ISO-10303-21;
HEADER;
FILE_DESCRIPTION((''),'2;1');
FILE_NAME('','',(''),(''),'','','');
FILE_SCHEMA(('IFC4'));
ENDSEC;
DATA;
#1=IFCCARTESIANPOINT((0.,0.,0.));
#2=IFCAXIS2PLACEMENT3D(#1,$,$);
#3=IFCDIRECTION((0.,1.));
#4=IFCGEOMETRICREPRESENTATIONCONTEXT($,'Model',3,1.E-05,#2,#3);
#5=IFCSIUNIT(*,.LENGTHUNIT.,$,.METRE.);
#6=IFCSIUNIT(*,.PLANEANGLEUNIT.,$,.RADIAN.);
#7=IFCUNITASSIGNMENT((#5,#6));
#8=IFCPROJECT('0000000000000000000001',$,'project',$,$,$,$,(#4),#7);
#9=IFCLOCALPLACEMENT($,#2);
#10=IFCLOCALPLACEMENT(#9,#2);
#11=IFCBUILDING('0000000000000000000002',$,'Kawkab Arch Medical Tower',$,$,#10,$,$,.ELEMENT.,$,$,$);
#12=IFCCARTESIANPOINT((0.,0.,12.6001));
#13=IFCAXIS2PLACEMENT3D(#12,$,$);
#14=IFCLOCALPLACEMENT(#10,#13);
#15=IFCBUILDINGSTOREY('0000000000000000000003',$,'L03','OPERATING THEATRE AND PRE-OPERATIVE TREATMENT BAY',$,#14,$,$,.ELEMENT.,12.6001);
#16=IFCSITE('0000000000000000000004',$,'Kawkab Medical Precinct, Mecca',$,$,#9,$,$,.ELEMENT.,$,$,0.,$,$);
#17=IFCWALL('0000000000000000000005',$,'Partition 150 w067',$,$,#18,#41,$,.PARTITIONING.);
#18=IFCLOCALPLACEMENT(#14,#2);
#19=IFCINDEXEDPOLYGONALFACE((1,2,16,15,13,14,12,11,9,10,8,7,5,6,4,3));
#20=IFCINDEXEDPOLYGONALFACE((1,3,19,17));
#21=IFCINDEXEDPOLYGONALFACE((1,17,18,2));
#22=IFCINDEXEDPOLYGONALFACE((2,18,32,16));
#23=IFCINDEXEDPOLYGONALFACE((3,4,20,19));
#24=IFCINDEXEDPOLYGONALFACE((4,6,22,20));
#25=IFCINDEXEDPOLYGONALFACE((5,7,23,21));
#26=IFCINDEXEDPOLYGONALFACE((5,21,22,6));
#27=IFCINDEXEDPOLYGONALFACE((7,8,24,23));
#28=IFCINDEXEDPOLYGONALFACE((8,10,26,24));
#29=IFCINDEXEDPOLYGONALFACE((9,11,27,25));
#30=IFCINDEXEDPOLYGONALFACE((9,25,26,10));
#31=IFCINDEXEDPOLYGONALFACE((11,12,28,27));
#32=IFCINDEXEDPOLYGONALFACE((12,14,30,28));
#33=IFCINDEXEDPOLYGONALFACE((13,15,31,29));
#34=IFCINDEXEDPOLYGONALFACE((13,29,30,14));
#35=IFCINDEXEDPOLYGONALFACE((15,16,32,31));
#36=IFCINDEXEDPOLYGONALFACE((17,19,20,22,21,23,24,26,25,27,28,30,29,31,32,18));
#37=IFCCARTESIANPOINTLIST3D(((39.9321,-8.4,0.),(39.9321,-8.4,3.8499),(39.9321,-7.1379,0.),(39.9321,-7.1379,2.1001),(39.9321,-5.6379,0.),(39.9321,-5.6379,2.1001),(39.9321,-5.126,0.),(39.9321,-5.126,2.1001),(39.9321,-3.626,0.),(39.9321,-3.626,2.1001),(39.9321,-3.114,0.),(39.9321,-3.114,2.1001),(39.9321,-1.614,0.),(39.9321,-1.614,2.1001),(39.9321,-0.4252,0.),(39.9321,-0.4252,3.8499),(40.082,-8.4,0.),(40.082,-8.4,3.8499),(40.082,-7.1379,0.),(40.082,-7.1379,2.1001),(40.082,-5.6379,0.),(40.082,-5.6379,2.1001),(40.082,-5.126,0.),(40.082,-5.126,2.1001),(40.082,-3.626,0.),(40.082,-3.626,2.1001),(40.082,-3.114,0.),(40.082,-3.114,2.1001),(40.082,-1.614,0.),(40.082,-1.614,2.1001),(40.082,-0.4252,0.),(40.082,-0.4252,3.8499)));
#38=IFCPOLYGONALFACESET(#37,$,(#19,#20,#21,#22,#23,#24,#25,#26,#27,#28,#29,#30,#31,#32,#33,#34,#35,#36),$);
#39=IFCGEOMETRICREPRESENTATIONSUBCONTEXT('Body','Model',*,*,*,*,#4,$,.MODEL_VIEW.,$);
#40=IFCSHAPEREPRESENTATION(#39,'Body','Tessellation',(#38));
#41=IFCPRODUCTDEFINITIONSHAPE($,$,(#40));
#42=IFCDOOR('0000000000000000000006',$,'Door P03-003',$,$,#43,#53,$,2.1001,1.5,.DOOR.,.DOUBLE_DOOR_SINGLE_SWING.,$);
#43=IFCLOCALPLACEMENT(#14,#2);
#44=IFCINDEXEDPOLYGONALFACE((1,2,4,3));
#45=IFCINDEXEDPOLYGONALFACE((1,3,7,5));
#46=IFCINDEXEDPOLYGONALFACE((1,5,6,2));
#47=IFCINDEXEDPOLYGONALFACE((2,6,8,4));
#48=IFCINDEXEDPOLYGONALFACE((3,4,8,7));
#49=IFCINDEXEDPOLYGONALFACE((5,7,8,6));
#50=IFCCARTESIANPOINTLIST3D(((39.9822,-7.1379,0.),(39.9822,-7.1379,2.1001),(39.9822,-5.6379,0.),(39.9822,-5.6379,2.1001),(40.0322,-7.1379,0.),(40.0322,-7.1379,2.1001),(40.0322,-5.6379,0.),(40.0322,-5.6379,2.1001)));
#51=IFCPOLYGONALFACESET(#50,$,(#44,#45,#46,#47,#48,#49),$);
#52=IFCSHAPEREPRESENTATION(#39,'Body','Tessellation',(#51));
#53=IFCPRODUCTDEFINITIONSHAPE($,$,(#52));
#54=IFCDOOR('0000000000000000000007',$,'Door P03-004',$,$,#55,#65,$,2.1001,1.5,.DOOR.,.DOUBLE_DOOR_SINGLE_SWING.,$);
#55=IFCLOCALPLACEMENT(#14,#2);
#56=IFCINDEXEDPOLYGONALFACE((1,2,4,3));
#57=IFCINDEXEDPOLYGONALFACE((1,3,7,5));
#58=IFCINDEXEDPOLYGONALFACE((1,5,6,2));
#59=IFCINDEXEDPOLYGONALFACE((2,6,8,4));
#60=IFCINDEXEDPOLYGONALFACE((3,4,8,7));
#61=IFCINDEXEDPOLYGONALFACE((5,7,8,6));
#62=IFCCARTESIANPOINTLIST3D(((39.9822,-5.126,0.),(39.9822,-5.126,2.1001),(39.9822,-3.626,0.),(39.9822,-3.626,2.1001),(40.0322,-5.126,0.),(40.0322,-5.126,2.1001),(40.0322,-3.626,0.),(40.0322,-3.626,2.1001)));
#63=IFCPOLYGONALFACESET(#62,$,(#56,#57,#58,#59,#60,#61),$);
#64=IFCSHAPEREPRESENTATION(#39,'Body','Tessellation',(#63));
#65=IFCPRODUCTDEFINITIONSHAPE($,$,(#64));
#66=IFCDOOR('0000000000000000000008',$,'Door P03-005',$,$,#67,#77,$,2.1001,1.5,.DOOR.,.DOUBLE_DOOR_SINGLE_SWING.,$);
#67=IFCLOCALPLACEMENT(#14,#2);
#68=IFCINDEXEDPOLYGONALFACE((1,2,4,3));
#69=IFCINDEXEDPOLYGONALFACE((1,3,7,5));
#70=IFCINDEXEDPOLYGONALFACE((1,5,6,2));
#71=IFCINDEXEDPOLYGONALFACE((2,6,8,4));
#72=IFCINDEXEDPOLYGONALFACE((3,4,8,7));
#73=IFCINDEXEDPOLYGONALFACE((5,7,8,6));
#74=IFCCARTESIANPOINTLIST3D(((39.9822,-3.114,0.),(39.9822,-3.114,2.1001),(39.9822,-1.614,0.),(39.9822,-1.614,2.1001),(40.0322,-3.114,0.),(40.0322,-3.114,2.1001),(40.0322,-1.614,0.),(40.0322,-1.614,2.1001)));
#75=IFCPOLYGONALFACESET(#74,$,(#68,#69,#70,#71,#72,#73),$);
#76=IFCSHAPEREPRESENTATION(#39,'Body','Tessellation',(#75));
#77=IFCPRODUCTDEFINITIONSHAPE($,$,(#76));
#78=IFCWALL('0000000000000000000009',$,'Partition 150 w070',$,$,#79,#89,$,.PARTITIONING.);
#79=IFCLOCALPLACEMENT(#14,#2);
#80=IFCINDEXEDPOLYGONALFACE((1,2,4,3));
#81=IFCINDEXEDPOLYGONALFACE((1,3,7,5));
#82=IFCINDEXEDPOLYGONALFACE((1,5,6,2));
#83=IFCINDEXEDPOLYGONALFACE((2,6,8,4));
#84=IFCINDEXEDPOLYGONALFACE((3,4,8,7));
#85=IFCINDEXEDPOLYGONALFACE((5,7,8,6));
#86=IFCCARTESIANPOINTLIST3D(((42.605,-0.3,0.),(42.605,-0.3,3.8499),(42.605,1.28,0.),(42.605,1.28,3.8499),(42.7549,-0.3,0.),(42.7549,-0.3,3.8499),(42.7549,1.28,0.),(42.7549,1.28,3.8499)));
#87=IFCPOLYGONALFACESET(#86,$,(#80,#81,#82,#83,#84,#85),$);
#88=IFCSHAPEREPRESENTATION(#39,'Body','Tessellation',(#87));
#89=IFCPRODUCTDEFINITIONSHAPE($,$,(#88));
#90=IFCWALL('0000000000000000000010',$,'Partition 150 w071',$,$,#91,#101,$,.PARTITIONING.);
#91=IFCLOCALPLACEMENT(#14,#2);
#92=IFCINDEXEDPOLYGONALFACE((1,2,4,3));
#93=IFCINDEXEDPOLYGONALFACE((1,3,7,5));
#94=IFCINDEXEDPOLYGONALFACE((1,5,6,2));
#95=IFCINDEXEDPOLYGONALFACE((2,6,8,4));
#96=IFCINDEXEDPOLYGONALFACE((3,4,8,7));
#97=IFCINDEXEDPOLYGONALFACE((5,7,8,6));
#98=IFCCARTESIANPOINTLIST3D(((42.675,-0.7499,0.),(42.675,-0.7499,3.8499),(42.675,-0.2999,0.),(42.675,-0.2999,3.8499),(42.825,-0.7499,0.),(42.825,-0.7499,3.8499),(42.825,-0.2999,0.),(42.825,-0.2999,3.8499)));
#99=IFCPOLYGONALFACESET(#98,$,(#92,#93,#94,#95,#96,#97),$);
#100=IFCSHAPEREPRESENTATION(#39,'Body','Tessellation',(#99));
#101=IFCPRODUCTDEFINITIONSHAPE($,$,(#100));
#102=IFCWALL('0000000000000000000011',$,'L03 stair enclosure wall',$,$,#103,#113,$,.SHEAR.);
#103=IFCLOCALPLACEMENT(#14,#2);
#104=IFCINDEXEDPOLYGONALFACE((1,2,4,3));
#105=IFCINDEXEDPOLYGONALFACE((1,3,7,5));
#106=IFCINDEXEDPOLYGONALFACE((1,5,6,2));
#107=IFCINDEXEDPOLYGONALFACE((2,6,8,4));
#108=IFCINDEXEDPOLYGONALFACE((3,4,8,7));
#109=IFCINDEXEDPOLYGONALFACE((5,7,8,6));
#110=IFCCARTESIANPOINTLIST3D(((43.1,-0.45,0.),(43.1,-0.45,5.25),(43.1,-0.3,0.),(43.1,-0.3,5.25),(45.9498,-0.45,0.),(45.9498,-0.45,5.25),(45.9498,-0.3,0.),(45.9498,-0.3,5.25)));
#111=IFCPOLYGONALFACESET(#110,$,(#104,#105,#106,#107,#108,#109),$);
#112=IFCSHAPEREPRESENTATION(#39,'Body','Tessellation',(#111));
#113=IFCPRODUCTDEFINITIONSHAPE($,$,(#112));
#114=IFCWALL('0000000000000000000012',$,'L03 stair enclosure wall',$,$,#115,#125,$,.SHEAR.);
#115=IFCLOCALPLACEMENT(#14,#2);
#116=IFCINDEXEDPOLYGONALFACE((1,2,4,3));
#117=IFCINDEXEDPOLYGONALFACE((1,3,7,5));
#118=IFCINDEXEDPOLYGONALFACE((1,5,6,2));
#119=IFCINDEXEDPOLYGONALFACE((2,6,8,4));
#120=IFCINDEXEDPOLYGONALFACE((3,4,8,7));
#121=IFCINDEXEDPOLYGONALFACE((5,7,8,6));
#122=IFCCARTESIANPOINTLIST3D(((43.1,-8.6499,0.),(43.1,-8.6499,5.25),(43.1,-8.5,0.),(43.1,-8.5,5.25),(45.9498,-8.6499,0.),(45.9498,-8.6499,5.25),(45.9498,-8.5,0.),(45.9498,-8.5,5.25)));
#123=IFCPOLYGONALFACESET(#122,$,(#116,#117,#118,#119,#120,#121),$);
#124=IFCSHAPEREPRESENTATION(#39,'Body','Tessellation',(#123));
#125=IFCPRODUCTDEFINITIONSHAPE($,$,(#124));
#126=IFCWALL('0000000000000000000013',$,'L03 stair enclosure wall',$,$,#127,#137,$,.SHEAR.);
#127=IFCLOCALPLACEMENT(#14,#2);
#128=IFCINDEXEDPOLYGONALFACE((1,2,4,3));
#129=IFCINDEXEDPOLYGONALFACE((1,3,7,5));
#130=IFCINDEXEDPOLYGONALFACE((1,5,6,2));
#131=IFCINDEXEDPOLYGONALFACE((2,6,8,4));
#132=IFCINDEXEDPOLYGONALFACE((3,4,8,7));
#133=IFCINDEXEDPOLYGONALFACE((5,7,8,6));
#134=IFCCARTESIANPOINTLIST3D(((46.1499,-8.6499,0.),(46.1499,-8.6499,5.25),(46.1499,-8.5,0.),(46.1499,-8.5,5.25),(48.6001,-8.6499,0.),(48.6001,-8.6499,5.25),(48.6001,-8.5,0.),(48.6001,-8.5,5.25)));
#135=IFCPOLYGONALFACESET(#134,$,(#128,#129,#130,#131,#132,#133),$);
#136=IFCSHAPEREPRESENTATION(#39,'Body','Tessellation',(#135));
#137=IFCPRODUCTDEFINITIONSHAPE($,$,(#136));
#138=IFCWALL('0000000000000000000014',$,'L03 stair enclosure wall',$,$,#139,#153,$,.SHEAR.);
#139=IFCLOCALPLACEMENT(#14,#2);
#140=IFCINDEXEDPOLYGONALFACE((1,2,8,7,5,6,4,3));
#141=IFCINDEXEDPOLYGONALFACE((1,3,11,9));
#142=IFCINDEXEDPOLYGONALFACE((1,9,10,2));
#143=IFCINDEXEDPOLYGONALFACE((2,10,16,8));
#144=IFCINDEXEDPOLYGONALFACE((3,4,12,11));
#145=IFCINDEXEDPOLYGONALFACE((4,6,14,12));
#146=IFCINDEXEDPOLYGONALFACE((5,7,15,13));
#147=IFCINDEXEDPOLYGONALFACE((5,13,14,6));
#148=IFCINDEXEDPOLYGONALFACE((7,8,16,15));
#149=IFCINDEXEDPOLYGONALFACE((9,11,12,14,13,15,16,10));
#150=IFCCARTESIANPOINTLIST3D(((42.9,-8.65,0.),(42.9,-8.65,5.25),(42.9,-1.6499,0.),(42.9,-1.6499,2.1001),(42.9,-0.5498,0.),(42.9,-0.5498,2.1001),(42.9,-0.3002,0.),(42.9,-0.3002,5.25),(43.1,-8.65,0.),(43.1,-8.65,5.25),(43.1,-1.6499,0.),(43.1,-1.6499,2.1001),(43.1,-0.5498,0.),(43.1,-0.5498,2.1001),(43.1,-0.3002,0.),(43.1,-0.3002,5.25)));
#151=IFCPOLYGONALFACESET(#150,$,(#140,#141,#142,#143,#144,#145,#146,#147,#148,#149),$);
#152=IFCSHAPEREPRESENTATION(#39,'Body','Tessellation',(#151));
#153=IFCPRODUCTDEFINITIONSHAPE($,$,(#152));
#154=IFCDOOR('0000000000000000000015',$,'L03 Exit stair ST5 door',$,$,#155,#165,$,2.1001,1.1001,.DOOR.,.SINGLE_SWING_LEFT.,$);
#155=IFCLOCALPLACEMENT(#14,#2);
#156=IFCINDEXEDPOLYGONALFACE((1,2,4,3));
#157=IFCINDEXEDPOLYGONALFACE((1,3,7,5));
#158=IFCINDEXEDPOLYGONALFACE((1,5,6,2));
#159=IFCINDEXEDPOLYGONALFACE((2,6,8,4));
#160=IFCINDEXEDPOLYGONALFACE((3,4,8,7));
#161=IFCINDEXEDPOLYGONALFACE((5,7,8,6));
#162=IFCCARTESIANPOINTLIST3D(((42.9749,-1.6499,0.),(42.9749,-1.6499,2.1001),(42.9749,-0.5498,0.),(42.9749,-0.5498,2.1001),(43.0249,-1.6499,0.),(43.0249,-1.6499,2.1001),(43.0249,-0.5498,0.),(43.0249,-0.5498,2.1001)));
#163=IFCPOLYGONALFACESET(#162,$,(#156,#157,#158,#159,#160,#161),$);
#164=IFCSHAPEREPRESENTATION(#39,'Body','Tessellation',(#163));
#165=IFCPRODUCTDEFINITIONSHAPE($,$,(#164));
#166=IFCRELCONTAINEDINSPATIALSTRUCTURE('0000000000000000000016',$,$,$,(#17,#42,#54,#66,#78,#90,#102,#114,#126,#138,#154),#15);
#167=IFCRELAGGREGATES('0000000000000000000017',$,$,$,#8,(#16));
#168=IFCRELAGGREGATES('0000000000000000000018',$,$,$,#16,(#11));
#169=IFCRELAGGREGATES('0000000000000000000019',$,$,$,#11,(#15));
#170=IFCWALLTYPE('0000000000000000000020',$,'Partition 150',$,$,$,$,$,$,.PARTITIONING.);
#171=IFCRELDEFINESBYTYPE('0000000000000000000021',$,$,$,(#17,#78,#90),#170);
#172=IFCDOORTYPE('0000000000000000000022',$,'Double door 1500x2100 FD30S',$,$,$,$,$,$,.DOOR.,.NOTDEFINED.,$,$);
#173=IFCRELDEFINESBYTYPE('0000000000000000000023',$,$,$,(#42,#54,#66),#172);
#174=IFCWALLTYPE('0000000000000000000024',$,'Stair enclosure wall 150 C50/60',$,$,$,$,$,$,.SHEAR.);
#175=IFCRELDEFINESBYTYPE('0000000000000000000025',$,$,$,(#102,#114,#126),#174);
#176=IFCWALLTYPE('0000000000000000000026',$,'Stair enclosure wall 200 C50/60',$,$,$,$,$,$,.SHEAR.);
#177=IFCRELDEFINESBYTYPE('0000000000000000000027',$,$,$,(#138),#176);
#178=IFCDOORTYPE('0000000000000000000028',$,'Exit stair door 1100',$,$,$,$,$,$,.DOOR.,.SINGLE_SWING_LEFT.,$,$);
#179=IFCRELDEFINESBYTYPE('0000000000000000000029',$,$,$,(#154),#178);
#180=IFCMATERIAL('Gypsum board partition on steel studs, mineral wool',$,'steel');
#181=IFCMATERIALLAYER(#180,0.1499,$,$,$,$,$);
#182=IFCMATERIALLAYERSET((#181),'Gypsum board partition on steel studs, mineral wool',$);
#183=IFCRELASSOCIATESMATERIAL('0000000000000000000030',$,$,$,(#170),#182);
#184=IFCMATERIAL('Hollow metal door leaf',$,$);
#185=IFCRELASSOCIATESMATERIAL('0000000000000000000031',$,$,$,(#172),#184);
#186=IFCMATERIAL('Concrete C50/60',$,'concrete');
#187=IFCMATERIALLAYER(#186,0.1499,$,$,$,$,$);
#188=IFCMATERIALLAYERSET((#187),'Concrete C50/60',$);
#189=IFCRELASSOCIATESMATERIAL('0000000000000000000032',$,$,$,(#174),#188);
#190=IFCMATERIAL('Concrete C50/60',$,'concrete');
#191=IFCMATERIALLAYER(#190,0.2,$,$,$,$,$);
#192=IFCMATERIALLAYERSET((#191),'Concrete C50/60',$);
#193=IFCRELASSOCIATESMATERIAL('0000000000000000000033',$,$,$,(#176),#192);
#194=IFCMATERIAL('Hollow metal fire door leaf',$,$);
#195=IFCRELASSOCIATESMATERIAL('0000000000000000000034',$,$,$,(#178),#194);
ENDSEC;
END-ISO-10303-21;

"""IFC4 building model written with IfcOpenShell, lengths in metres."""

from ifc_helpers import new_model, si_unit, direction, frame, frame_2d, origin, place, context, subcontext, project, spatial, rectangle, extrude, material, layer, layer_set, type_object, element, fill, save


model = new_model("IFC4")

# Units and contexts
model_context = context("Model", 3, precision=1e-05, world=origin(), true_north=direction((0.0, 1.0)))
body_context = subcontext(model_context, "Body", "Model", "MODEL_VIEW")
ifc_project = project(units=[si_unit("LENGTHUNIT", "METRE"), si_unit("PLANEANGLEUNIT", "RADIAN")], contexts=[model_context])

# Site, building, storey
site_placement = place(None, origin())
site = spatial("IfcSite", under=ifc_project, at=site_placement, Name="Kawkab Medical Precinct, Mecca", CompositionType="ELEMENT", RefElevation=0.0)
building_placement = place(site_placement, origin())
building = spatial("IfcBuilding", under=site, at=building_placement, Name="Kawkab Arch Medical Tower", CompositionType="ELEMENT")
storey_placement = place(building_placement, frame((0.0, 0.0, 12.6001)))
storey = spatial("IfcBuildingStorey", under=building, at=storey_placement, Name="L03", Description="OPERATING THEATRE AND PRE-OPERATIVE TREATMENT BAY", CompositionType="ELEMENT", Elevation=12.6001)

# Shared definitions
ifc_material_1 = material(Name="Gypsum board partition on steel studs, mineral wool", Category="steel")
ifc_layer_1 = layer(ifc_material_1, 0.1499)
ifc_layer_set_1 = layer_set([ifc_layer_1], Name="Gypsum board partition on steel studs, mineral wool")
wall_type_1 = type_object("IfcWallType", Name="Partition 150", PredefinedType="PARTITIONING", material=ifc_layer_set_1)

# Wall, openings, doors
wall_1_placement = place(storey_placement, frame((40.0071, -8.3999, 0.0), z_axis=(0.0, 0.0, 1.0), x_axis=(0.0, 1.0, 0.0)))
wall_1 = element("IfcWall", 1, at=wall_1_placement, inside=storey, type_object=wall_type_1, Name="Partition 150 w067", PredefinedType="PARTITIONING", context=body_context, shape_type="SweptSolid", body=[
    extrude(rectangle(XDim=7.9749, YDim=0.1499, at=frame_2d((3.9873, 0.0))), origin(), (0.0, 0.0, 1.0), 3.8499),
])
opening_1_placement = place(wall_1_placement, frame((1.262, 0.0, 0.0)))
opening_1 = element("IfcOpeningElement", 2, at=opening_1_placement, cuts=wall_1, PredefinedType="OPENING", context=body_context, shape_type="SweptSolid", body=[
    extrude(rectangle(XDim=1.5, YDim=2.1001, at=frame_2d((0.75, 1.05))), frame((0.0, 0.085, 0.0), z_axis=(0.0, -1.0, 0.0), x_axis=(1.0, 0.0, 0.0)), (0.0, 0.0, 1.0), 0.1699),
])
opening_2_placement = place(wall_1_placement, frame((3.2739, 0.0, 0.0)))
opening_2 = element("IfcOpeningElement", 3, at=opening_2_placement, cuts=wall_1, PredefinedType="OPENING", context=body_context, shape_type="SweptSolid", body=[
    extrude(rectangle(XDim=1.5, YDim=2.1001, at=frame_2d((0.75, 1.05))), frame((0.0, 0.085, 0.0), z_axis=(0.0, -1.0, 0.0), x_axis=(1.0, 0.0, 0.0)), (0.0, 0.0, 1.0), 0.1699),
])
opening_3_placement = place(wall_1_placement, frame((5.2859, 0.0, 0.0)))
opening_3 = element("IfcOpeningElement", 4, at=opening_3_placement, cuts=wall_1, PredefinedType="OPENING", context=body_context, shape_type="SweptSolid", body=[
    extrude(rectangle(XDim=1.5, YDim=2.1001, at=frame_2d((0.75, 1.05))), frame((0.0, 0.085, 0.0), z_axis=(0.0, -1.0, 0.0), x_axis=(1.0, 0.0, 0.0)), (0.0, 0.0, 1.0), 0.1699),
])
ifc_material_2 = material(Name="Hollow metal door leaf")
door_type_1 = type_object("IfcDoorType", Name="Double door 1500x2100 FD30S", OperationType="NOTDEFINED", PredefinedType="DOOR", material=ifc_material_2)
door_1_placement = place(opening_1_placement, origin())
door_1 = element("IfcDoor", 5, at=door_1_placement, inside=storey, type_object=door_type_1, Name="Door P03-003", OperationType="DOUBLE_DOOR_SINGLE_SWING", OverallHeight=2.1001, OverallWidth=1.5, PredefinedType="DOOR", context=body_context, shape_type="SweptSolid", body=[
    extrude(rectangle(XDim=1.5, YDim=2.1001, at=frame_2d((0.75, 1.05))), frame((0.0, 0.0249, 0.0), z_axis=(0.0, -1.0, 0.0), x_axis=(1.0, 0.0, 0.0)), (0.0, 0.0, 1.0), 0.05),
])
fill(opening_1, door_1)
door_2_placement = place(opening_2_placement, origin())
door_2 = element("IfcDoor", 6, at=door_2_placement, inside=storey, type_object=door_type_1, Name="Door P03-004", OperationType="DOUBLE_DOOR_SINGLE_SWING", OverallHeight=2.1001, OverallWidth=1.5, PredefinedType="DOOR", context=body_context, shape_type="SweptSolid", body=[
    extrude(rectangle(XDim=1.5, YDim=2.1001, at=frame_2d((0.75, 1.05))), frame((0.0, 0.0249, 0.0), z_axis=(0.0, -1.0, 0.0), x_axis=(1.0, 0.0, 0.0)), (0.0, 0.0, 1.0), 0.05),
])
fill(opening_2, door_2)
door_3_placement = place(opening_3_placement, origin())
door_3 = element("IfcDoor", 7, at=door_3_placement, inside=storey, type_object=door_type_1, Name="Door P03-005", OperationType="DOUBLE_DOOR_SINGLE_SWING", OverallHeight=2.1001, OverallWidth=1.5, PredefinedType="DOOR", context=body_context, shape_type="SweptSolid", body=[
    extrude(rectangle(XDim=1.5, YDim=2.1001, at=frame_2d((0.75, 1.05))), frame((0.0, 0.0249, 0.0), z_axis=(0.0, -1.0, 0.0), x_axis=(1.0, 0.0, 0.0)), (0.0, 0.0, 1.0), 0.05),
])
fill(opening_3, door_3)

# Walls
wall_2_placement = place(storey_placement, frame((42.6799, -0.3, 0.0), z_axis=(0.0, 0.0, 1.0), x_axis=(0.0, 1.0, 0.0)))
element("IfcWall", 8, at=wall_2_placement, inside=storey, type_object=wall_type_1, Name="Partition 150 w070", PredefinedType="PARTITIONING", context=body_context, shape_type="SweptSolid", body=[
    extrude(rectangle(XDim=1.5801, YDim=0.1499, at=frame_2d((0.79, 0.0))), origin(), (0.0, 0.0, 1.0), 3.8499),
])
wall_3_placement = place(storey_placement, frame((42.75, -0.75, 0.0), z_axis=(0.0, 0.0, 1.0), x_axis=(0.0, 1.0, 0.0)))
element("IfcWall", 9, at=wall_3_placement, inside=storey, type_object=wall_type_1, Name="Partition 150 w071", PredefinedType="PARTITIONING", context=body_context, shape_type="SweptSolid", body=[
    extrude(rectangle(XDim=0.45, YDim=0.1499, at=frame_2d((0.2251, 0.0))), origin(), (0.0, 0.0, 1.0), 3.8499),
])
ifc_material_3 = material(Name="Concrete C50/60", Category="concrete")
ifc_layer_2 = layer(ifc_material_3, 0.1499)
ifc_layer_set_2 = layer_set([ifc_layer_2], Name="Concrete C50/60")
wall_type_2 = type_object("IfcWallType", Name="Stair enclosure wall 150 C50/60", PredefinedType="SHEAR", material=ifc_layer_set_2)
for number, where, z_axis, x_axis, name in (
    (10, (43.1001, -0.375, 0.0), (0.0, 0.0, 1.0), (1.0, 0.0, 0.0), "L03 stair enclosure wall"),
    (11, (43.1001, -8.575, 0.0), (0.0, 0.0, 1.0), (1.0, 0.0, 0.0), "L03 stair enclosure wall"),
):
    element("IfcWall", number, at=place(storey_placement, frame(where, z_axis=z_axis, x_axis=x_axis)), inside=storey, type_object=wall_type_2, Name=name, PredefinedType="SHEAR", context=body_context, shape_type="SweptSolid", body=[
        extrude(rectangle(XDim=2.8499, YDim=0.1499, at=frame_2d((1.4248, 0.0))), origin(), (0.0, 0.0, 1.0), 5.25),
    ])
wall_4_placement = place(storey_placement, frame((46.1499, -8.575, 0.0), z_axis=(0.0, 0.0, 1.0), x_axis=(1.0, 0.0, 0.0)))
element("IfcWall", 12, at=wall_4_placement, inside=storey, type_object=wall_type_2, Name="L03 stair enclosure wall", PredefinedType="SHEAR", context=body_context, shape_type="SweptSolid", body=[
    extrude(rectangle(XDim=2.4502, YDim=0.1499, at=frame_2d((1.2251, 0.0))), origin(), (0.0, 0.0, 1.0), 5.25),
])

# Wall, opening, door
ifc_material_4 = material(Name="Concrete C50/60", Category="concrete")
ifc_layer_3 = layer(ifc_material_4, 0.2)
ifc_layer_set_3 = layer_set([ifc_layer_3], Name="Concrete C50/60")
wall_type_3 = type_object("IfcWallType", Name="Stair enclosure wall 200 C50/60", PredefinedType="SHEAR", material=ifc_layer_set_3)
wall_5_placement = place(storey_placement, frame((43.0, -8.6499, 0.0), z_axis=(0.0, 0.0, 1.0), x_axis=(0.0, 1.0, 0.0)))
wall_5 = element("IfcWall", 13, at=wall_5_placement, inside=storey, type_object=wall_type_3, Name="L03 stair enclosure wall", PredefinedType="SHEAR", context=body_context, shape_type="SweptSolid", body=[
    extrude(rectangle(XDim=8.3499, YDim=0.2, at=frame_2d((4.1748, 0.0))), origin(), (0.0, 0.0, 1.0), 5.25),
])
opening_4_placement = place(wall_5_placement, frame((7.0, 0.0, 0.0)))
opening_4 = element("IfcOpeningElement", 14, at=opening_4_placement, cuts=wall_5, PredefinedType="OPENING", context=body_context, shape_type="SweptSolid", body=[
    extrude(rectangle(XDim=1.1001, YDim=2.1001, at=frame_2d((0.55, 1.05))), frame((0.0, 0.1099, 0.0), z_axis=(0.0, -1.0, 0.0), x_axis=(1.0, 0.0, 0.0)), (0.0, 0.0, 1.0), 0.22),
])
ifc_material_5 = material(Name="Hollow metal fire door leaf")
door_type_2 = type_object("IfcDoorType", Name="Exit stair door 1100", OperationType="SINGLE_SWING_LEFT", PredefinedType="DOOR", material=ifc_material_5)
door_4_placement = place(opening_4_placement, frame((1.1001, 0.0, 0.0), z_axis=(0.0, 0.0, 1.0), x_axis=(-1.0, 0.0, 0.0)))
door_4 = element("IfcDoor", 15, at=door_4_placement, inside=storey, type_object=door_type_2, Name="L03 Exit stair ST5 door", OperationType="SINGLE_SWING_LEFT", OverallHeight=2.1001, OverallWidth=1.1001, PredefinedType="DOOR", context=body_context, shape_type="SweptSolid", body=[
    extrude(rectangle(XDim=1.1001, YDim=2.1001, at=frame_2d((0.55, 1.05))), frame((0.0, 0.0249, 0.0), z_axis=(0.0, -1.0, 0.0), x_axis=(1.0, 0.0, 0.0)), (0.0, 0.0, 1.0), 0.05),
])
fill(opening_4, door_4)

save(model, "model.ifc")
